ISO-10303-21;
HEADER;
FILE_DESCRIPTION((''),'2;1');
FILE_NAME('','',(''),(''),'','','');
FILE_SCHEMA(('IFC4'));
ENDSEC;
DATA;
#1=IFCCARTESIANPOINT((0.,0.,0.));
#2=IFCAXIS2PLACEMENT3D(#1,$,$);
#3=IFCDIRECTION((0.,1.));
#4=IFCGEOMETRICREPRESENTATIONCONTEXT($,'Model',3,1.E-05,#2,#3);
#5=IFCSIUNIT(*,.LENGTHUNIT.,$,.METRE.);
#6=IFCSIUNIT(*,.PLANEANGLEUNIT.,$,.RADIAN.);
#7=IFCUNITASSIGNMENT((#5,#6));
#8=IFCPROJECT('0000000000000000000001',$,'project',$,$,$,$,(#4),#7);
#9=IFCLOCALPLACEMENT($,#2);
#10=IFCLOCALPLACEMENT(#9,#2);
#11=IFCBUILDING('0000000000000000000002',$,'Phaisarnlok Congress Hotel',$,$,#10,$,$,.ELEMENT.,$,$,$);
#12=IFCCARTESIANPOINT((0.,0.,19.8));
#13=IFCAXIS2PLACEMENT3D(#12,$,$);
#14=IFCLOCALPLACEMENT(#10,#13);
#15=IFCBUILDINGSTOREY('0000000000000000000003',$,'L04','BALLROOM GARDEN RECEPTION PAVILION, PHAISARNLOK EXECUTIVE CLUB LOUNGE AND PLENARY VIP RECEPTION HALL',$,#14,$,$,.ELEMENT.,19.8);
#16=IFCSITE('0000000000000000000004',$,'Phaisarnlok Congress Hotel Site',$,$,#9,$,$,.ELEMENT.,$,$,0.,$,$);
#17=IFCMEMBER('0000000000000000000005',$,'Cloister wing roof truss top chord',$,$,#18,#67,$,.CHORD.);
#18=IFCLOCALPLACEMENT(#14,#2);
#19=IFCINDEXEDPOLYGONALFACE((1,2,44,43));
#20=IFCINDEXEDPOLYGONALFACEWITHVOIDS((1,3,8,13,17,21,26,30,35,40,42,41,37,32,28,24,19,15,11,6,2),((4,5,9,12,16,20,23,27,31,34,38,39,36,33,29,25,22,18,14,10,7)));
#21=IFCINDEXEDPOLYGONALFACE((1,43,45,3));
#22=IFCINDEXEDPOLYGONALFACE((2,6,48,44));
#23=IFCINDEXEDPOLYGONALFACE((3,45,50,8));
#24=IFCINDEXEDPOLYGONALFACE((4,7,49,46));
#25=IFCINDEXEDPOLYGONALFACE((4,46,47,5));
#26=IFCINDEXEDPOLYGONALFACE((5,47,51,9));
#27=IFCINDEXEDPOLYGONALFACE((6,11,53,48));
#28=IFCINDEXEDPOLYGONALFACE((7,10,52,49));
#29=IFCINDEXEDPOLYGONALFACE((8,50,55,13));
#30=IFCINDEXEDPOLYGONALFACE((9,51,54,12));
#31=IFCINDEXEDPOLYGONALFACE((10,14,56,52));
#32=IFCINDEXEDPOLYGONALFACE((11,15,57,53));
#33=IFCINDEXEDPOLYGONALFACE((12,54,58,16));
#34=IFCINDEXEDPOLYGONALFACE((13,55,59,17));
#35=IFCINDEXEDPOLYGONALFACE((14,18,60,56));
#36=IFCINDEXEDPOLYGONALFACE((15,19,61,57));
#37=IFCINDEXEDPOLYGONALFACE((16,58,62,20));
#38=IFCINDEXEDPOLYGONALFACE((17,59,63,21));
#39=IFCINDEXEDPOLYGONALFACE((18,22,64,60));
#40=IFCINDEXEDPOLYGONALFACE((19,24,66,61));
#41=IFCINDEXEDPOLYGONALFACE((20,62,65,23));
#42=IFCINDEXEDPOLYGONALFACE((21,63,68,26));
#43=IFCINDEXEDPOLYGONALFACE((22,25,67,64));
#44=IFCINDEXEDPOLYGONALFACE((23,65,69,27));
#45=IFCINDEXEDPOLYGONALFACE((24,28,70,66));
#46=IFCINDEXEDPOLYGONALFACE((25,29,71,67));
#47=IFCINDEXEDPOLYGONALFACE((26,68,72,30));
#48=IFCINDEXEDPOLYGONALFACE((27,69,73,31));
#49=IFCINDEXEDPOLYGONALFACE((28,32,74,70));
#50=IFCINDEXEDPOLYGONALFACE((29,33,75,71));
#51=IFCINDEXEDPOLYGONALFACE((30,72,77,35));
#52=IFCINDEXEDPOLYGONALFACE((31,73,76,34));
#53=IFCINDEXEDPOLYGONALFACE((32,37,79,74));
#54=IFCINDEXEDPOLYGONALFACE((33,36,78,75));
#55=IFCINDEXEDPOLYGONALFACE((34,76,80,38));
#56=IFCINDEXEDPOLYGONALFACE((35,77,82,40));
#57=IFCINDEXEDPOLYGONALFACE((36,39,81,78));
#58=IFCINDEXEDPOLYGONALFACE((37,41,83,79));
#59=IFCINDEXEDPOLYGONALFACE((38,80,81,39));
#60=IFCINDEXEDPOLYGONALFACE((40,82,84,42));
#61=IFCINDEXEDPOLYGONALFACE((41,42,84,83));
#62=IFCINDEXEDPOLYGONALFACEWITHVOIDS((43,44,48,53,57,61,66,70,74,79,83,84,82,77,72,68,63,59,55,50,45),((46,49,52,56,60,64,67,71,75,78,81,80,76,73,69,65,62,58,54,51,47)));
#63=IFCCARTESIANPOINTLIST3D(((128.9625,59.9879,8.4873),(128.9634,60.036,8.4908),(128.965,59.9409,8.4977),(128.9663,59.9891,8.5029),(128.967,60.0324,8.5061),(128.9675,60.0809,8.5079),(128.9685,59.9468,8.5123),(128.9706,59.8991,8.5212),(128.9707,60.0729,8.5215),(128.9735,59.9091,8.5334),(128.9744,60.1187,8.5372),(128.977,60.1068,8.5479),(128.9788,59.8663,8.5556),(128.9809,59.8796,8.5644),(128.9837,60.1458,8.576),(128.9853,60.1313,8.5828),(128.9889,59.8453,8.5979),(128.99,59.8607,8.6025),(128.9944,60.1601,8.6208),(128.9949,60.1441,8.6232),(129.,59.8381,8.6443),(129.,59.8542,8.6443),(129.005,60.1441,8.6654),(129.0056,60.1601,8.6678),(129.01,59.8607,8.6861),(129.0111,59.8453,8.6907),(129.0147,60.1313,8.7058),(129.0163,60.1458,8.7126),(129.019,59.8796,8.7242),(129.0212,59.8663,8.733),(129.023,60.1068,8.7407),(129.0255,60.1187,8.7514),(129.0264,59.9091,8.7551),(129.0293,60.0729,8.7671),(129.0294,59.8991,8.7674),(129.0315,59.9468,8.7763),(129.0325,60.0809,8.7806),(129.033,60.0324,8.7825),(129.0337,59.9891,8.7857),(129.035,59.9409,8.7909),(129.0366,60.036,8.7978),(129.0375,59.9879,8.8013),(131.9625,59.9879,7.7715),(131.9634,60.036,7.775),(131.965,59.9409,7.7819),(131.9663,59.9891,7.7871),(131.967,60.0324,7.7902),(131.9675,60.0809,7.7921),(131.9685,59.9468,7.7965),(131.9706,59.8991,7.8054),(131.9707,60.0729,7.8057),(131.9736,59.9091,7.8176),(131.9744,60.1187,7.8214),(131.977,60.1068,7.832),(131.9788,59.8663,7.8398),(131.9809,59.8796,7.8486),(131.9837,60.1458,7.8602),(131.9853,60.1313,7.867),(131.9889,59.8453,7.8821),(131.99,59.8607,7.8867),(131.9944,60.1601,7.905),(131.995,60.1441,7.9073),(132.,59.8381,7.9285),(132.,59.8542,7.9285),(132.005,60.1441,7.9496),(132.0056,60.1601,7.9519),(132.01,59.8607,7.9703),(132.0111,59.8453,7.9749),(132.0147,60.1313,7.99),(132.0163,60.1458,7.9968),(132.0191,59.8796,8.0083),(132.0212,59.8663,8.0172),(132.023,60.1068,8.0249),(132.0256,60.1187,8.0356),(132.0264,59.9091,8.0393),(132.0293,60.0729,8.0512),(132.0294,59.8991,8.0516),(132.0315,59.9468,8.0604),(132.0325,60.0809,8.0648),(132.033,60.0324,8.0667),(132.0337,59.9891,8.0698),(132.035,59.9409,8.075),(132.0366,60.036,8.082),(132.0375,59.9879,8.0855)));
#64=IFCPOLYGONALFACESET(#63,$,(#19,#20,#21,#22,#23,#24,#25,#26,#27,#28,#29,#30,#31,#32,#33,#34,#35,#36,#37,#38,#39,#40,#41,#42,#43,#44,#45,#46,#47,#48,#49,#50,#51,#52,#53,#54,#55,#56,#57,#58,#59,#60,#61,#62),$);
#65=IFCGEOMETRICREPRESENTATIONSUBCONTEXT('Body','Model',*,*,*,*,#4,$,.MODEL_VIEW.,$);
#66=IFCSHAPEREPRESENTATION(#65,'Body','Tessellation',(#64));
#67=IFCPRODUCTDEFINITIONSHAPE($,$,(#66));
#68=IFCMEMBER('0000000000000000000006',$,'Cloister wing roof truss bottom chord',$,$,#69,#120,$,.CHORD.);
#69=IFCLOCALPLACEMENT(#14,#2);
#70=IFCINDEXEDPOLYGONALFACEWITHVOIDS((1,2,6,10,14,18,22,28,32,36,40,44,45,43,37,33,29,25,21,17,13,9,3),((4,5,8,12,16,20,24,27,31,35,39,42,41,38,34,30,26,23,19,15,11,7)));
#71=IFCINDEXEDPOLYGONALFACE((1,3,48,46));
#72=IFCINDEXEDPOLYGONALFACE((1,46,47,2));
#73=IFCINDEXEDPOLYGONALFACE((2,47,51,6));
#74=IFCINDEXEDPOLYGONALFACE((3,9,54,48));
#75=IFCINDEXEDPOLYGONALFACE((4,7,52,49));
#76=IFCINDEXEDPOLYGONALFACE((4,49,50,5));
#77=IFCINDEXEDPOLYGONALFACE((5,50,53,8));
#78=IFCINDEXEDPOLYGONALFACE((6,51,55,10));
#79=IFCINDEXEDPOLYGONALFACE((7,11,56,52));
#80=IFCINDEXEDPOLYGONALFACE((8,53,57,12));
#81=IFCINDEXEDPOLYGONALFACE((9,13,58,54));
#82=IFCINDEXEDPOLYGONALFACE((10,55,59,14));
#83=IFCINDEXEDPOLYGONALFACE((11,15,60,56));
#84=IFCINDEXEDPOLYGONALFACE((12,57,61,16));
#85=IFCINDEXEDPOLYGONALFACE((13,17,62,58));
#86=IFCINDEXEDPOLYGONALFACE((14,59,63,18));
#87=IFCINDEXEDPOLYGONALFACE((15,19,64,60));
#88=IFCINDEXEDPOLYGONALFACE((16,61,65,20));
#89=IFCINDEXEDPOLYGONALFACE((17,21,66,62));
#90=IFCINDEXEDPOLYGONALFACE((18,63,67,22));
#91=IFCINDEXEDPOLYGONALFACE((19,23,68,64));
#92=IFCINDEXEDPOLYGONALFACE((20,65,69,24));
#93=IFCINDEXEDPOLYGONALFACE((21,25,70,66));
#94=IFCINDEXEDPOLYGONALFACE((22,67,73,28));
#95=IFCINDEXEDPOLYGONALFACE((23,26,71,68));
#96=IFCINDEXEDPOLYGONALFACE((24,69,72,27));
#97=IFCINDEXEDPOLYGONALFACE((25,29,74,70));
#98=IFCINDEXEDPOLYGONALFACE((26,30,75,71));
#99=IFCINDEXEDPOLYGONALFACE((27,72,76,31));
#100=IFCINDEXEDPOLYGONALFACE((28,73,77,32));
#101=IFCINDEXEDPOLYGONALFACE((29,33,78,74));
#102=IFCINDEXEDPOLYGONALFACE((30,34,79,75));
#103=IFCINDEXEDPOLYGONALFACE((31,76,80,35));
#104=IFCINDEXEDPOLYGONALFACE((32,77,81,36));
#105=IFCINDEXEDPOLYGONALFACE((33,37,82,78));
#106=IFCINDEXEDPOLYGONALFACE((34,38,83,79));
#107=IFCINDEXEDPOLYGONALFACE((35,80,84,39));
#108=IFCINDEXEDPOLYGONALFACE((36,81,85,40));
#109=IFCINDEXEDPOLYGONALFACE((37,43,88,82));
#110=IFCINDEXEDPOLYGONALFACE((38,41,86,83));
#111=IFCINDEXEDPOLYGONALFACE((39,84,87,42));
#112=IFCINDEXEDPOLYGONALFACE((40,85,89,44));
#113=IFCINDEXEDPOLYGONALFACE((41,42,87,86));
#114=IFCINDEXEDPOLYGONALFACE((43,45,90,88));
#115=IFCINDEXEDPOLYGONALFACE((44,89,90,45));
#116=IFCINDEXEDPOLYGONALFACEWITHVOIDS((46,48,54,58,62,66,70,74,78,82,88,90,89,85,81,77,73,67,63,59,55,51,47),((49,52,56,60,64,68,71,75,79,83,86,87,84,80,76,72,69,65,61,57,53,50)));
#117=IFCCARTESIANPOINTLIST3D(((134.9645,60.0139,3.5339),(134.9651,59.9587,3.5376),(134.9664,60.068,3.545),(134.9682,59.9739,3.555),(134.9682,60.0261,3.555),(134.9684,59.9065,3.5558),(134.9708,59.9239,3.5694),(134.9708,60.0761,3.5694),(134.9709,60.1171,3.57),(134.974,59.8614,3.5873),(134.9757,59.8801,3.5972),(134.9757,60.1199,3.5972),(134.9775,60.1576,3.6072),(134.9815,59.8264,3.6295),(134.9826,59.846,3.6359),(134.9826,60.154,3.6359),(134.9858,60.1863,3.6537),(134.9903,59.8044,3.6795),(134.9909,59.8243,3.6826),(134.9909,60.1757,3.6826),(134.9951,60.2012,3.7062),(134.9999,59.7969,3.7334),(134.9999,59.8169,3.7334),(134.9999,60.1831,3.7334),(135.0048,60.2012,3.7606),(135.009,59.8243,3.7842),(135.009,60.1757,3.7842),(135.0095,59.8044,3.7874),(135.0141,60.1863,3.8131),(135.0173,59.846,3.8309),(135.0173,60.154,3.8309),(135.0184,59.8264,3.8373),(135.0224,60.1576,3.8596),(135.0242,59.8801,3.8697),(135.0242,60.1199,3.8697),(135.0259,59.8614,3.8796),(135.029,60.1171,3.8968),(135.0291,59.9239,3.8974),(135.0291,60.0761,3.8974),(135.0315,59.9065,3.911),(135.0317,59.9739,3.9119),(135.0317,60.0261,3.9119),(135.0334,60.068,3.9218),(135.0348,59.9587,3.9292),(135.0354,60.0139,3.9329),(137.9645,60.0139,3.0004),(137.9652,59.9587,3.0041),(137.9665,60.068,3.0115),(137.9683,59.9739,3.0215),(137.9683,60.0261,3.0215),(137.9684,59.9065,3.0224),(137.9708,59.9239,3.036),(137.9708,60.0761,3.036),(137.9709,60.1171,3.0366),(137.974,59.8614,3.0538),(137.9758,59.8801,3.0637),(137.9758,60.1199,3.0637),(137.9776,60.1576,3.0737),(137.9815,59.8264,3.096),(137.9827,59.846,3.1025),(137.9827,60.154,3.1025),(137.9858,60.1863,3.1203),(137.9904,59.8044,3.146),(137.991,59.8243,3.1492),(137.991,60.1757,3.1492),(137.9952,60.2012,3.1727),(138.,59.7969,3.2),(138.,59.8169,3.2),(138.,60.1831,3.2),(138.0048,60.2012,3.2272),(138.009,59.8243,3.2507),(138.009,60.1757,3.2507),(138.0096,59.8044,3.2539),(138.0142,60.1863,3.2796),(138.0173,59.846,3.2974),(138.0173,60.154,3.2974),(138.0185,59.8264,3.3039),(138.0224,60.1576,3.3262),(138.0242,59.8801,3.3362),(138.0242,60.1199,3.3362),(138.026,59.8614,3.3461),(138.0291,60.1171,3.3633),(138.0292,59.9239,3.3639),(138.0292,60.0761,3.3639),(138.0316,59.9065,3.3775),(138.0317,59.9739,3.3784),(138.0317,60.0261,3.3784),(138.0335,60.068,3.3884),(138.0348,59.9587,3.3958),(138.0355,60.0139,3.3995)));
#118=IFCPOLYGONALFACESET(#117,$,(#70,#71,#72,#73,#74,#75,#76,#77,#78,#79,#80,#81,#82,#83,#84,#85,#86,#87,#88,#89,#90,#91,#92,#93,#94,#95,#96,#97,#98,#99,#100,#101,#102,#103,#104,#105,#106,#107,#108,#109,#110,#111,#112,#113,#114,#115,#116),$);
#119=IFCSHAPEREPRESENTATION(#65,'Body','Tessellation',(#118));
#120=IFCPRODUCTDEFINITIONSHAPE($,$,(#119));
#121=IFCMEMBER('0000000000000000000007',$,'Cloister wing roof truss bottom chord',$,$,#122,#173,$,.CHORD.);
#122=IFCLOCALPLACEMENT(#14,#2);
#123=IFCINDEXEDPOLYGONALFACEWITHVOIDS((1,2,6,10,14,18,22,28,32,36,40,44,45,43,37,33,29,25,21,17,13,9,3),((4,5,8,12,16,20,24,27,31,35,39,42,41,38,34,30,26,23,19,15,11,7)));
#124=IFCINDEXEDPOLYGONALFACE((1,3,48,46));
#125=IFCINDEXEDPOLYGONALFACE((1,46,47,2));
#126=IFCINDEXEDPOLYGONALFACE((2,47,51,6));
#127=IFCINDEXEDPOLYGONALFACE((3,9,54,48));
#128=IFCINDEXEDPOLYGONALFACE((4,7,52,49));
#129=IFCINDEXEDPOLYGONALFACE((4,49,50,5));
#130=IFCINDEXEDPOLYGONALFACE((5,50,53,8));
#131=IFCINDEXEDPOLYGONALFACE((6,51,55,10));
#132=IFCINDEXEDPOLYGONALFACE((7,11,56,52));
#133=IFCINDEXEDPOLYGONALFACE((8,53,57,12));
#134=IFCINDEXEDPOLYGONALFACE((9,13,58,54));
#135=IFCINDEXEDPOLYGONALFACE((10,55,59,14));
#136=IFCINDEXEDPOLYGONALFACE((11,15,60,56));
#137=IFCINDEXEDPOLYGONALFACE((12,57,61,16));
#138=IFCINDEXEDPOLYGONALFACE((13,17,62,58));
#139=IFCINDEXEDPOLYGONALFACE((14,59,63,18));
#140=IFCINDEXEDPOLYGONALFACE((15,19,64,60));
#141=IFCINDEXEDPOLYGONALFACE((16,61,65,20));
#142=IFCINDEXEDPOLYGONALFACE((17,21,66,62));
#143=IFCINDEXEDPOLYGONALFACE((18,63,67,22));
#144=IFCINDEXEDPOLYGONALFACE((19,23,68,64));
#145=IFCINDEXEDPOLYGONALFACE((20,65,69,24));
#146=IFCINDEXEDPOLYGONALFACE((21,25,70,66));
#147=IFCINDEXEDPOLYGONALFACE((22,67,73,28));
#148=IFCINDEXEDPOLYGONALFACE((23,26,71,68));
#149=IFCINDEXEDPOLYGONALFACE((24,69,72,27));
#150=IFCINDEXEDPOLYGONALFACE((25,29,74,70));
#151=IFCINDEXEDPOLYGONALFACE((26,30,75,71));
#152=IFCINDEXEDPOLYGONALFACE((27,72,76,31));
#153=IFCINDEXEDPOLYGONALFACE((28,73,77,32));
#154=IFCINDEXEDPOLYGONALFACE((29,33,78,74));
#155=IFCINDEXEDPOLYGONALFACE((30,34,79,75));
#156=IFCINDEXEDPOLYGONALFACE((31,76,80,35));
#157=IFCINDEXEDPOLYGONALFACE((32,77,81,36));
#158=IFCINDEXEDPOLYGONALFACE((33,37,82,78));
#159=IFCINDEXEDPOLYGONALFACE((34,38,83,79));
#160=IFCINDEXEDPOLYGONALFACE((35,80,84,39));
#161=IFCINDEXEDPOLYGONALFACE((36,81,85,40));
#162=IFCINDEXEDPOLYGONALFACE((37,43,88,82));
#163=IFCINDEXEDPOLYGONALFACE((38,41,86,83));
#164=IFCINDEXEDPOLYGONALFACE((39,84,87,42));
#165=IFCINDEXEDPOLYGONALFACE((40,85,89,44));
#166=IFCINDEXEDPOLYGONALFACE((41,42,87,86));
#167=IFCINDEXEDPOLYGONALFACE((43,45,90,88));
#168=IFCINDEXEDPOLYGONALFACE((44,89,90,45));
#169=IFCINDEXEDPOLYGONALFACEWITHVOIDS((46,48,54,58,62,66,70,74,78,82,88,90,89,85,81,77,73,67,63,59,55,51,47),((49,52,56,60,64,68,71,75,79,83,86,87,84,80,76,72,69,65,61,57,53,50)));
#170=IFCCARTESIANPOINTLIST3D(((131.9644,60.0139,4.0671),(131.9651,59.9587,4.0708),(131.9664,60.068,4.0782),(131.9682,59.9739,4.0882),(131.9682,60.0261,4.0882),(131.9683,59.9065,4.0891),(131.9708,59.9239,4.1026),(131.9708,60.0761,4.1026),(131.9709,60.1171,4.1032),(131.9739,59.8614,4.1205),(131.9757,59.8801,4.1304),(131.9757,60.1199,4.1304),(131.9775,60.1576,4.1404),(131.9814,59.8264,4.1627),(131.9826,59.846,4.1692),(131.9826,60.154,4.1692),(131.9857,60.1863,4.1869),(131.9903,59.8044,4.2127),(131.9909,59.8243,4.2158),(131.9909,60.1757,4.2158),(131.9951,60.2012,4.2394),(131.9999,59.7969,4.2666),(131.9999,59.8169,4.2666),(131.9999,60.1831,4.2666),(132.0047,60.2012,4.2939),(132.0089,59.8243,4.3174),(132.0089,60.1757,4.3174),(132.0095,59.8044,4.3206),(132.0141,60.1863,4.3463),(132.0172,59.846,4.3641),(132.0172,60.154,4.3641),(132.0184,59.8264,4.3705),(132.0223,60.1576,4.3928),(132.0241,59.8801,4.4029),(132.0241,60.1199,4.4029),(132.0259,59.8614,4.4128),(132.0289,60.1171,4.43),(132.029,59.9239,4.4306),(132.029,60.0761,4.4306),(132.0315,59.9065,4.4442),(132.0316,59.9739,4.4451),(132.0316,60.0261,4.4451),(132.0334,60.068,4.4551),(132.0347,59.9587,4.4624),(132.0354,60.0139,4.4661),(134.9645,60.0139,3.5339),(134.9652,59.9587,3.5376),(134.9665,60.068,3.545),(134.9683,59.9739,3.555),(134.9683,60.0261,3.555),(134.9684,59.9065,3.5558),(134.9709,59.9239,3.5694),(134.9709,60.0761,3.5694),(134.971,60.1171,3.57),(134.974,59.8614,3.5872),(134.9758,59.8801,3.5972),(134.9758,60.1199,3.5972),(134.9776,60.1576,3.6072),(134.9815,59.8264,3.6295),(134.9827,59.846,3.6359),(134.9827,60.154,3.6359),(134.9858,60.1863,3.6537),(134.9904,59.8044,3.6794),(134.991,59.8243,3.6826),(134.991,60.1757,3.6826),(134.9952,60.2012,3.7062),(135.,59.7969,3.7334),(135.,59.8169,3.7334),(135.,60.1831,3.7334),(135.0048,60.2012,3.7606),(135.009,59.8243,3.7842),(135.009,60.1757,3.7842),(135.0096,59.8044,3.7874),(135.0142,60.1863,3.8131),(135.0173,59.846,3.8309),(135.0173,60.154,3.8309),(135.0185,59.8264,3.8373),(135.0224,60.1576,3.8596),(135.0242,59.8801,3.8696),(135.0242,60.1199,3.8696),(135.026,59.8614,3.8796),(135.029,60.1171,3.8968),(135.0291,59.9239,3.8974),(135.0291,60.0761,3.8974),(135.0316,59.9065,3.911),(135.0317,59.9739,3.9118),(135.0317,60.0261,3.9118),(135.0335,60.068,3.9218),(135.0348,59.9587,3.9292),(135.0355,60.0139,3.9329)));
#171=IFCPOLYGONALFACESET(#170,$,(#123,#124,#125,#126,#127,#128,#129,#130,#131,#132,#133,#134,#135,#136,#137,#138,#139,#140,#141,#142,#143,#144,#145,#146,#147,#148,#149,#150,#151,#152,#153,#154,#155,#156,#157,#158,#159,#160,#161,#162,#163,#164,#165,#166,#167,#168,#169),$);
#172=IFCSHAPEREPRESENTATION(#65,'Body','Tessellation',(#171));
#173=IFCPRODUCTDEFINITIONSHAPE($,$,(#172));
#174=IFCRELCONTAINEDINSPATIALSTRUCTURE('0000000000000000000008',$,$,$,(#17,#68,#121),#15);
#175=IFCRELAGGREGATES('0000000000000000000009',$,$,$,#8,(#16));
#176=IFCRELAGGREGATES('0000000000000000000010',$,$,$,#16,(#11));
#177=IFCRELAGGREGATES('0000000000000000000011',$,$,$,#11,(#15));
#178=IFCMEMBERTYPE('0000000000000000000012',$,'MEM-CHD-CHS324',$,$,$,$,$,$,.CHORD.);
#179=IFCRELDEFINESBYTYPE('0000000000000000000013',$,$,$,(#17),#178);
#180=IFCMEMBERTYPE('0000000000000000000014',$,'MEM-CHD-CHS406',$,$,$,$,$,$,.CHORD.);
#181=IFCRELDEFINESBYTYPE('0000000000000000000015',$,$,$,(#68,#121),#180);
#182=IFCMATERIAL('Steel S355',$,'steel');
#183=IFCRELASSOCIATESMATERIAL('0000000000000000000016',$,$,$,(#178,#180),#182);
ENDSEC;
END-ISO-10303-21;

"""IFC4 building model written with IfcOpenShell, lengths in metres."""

from ifc_helpers import new_model, si_unit, direction, frame, origin, origin_2d, place, context, subcontext, project, spatial, hollow_circle, extrude, material, material_profile, profile_set, type_object, element, save


model = new_model("IFC4")

# Units and contexts
model_context = context("Model", 3, precision=1e-05, world=origin(), true_north=direction((0.0, 1.0)))
body_context = subcontext(model_context, "Body", "Model", "MODEL_VIEW")
ifc_project = project(units=[si_unit("LENGTHUNIT", "METRE"), si_unit("PLANEANGLEUNIT", "RADIAN")], contexts=[model_context])

# Site, building, storey
site_placement = place(None, origin())
site = spatial("IfcSite", under=ifc_project, at=site_placement, Name="Phaisarnlok Congress Hotel Site", CompositionType="ELEMENT", RefElevation=0.0)
building_placement = place(site_placement, origin())
building = spatial("IfcBuilding", under=site, at=building_placement, Name="Phaisarnlok Congress Hotel", CompositionType="ELEMENT")
storey_placement = place(building_placement, frame((0.0, 0.0, 19.8)))
storey = spatial("IfcBuildingStorey", under=building, at=storey_placement, Name="L04", Description="BALLROOM GARDEN RECEPTION PAVILION, PHAISARNLOK EXECUTIVE CLUB LOUNGE AND PLENARY VIP RECEPTION HALL", CompositionType="ELEMENT", Elevation=19.8)

# Shared definitions
ifc_material_1 = material(Name="Steel S355", Category="steel")

# Members
ifc_material_profile_1 = material_profile(ifc_material_1, hollow_circle(Radius=0.1619, WallThickness=0.0161, at=origin_2d()), Name="CHS 323.9x16")
ifc_profile_set_1 = profile_set([ifc_material_profile_1], Name="Steel S355")
member_type_1 = type_object("IfcMemberType", Name="MEM-CHD-CHS324", PredefinedType="CHORD", material=ifc_profile_set_1)
for number, where, z_axis, x_axis, name in (
    (1, (132.0, 60.0, 7.9285), (-0.972694, 0.0, 0.232091), (0.0, -1.0, 0.0), "Cloister wing roof truss top chord"),
):
    element("IfcMember", number, at=place(storey_placement, frame(where, z_axis=z_axis, x_axis=x_axis)), inside=storey, type_object=member_type_1, Name=name, PredefinedType="CHORD", context=body_context, shape_type="SweptSolid", body=[
        extrude(hollow_circle(Radius=0.1619, WallThickness=0.0161, at=origin_2d()), origin(), (0.0, 0.0, 1.0), 3.0842),
    ])
ifc_material_profile_2 = material_profile(ifc_material_1, hollow_circle(Radius=0.2031, WallThickness=0.02, at=origin_2d()), Name="CHS 406.4x20")
ifc_profile_set_2 = profile_set([ifc_material_profile_2], Name="Steel S355")
member_type_2 = type_object("IfcMemberType", Name="MEM-CHD-CHS406", PredefinedType="CHORD", material=ifc_profile_set_2)
for number, where, z_axis, x_axis, name in (
    (2, (138.0, 60.0, 3.2), (-0.984556, 0.0, 0.17507), (0.0, -1.0, 0.0), "Cloister wing roof truss bottom chord"),
    (3, (135.0, 60.0, 3.7334), (-0.98457, 0.0, 0.174992), (0.0, -1.0, 0.0), "Cloister wing roof truss bottom chord"),
):
    element("IfcMember", number, at=place(storey_placement, frame(where, z_axis=z_axis, x_axis=x_axis)), inside=storey, type_object=member_type_2, Name=name, PredefinedType="CHORD", context=body_context, shape_type="SweptSolid", body=[
        extrude(hollow_circle(Radius=0.2031, WallThickness=0.02, at=origin_2d()), origin(), (0.0, 0.0, 1.0), 3.0471),
    ])

save(model, "model.ifc")
